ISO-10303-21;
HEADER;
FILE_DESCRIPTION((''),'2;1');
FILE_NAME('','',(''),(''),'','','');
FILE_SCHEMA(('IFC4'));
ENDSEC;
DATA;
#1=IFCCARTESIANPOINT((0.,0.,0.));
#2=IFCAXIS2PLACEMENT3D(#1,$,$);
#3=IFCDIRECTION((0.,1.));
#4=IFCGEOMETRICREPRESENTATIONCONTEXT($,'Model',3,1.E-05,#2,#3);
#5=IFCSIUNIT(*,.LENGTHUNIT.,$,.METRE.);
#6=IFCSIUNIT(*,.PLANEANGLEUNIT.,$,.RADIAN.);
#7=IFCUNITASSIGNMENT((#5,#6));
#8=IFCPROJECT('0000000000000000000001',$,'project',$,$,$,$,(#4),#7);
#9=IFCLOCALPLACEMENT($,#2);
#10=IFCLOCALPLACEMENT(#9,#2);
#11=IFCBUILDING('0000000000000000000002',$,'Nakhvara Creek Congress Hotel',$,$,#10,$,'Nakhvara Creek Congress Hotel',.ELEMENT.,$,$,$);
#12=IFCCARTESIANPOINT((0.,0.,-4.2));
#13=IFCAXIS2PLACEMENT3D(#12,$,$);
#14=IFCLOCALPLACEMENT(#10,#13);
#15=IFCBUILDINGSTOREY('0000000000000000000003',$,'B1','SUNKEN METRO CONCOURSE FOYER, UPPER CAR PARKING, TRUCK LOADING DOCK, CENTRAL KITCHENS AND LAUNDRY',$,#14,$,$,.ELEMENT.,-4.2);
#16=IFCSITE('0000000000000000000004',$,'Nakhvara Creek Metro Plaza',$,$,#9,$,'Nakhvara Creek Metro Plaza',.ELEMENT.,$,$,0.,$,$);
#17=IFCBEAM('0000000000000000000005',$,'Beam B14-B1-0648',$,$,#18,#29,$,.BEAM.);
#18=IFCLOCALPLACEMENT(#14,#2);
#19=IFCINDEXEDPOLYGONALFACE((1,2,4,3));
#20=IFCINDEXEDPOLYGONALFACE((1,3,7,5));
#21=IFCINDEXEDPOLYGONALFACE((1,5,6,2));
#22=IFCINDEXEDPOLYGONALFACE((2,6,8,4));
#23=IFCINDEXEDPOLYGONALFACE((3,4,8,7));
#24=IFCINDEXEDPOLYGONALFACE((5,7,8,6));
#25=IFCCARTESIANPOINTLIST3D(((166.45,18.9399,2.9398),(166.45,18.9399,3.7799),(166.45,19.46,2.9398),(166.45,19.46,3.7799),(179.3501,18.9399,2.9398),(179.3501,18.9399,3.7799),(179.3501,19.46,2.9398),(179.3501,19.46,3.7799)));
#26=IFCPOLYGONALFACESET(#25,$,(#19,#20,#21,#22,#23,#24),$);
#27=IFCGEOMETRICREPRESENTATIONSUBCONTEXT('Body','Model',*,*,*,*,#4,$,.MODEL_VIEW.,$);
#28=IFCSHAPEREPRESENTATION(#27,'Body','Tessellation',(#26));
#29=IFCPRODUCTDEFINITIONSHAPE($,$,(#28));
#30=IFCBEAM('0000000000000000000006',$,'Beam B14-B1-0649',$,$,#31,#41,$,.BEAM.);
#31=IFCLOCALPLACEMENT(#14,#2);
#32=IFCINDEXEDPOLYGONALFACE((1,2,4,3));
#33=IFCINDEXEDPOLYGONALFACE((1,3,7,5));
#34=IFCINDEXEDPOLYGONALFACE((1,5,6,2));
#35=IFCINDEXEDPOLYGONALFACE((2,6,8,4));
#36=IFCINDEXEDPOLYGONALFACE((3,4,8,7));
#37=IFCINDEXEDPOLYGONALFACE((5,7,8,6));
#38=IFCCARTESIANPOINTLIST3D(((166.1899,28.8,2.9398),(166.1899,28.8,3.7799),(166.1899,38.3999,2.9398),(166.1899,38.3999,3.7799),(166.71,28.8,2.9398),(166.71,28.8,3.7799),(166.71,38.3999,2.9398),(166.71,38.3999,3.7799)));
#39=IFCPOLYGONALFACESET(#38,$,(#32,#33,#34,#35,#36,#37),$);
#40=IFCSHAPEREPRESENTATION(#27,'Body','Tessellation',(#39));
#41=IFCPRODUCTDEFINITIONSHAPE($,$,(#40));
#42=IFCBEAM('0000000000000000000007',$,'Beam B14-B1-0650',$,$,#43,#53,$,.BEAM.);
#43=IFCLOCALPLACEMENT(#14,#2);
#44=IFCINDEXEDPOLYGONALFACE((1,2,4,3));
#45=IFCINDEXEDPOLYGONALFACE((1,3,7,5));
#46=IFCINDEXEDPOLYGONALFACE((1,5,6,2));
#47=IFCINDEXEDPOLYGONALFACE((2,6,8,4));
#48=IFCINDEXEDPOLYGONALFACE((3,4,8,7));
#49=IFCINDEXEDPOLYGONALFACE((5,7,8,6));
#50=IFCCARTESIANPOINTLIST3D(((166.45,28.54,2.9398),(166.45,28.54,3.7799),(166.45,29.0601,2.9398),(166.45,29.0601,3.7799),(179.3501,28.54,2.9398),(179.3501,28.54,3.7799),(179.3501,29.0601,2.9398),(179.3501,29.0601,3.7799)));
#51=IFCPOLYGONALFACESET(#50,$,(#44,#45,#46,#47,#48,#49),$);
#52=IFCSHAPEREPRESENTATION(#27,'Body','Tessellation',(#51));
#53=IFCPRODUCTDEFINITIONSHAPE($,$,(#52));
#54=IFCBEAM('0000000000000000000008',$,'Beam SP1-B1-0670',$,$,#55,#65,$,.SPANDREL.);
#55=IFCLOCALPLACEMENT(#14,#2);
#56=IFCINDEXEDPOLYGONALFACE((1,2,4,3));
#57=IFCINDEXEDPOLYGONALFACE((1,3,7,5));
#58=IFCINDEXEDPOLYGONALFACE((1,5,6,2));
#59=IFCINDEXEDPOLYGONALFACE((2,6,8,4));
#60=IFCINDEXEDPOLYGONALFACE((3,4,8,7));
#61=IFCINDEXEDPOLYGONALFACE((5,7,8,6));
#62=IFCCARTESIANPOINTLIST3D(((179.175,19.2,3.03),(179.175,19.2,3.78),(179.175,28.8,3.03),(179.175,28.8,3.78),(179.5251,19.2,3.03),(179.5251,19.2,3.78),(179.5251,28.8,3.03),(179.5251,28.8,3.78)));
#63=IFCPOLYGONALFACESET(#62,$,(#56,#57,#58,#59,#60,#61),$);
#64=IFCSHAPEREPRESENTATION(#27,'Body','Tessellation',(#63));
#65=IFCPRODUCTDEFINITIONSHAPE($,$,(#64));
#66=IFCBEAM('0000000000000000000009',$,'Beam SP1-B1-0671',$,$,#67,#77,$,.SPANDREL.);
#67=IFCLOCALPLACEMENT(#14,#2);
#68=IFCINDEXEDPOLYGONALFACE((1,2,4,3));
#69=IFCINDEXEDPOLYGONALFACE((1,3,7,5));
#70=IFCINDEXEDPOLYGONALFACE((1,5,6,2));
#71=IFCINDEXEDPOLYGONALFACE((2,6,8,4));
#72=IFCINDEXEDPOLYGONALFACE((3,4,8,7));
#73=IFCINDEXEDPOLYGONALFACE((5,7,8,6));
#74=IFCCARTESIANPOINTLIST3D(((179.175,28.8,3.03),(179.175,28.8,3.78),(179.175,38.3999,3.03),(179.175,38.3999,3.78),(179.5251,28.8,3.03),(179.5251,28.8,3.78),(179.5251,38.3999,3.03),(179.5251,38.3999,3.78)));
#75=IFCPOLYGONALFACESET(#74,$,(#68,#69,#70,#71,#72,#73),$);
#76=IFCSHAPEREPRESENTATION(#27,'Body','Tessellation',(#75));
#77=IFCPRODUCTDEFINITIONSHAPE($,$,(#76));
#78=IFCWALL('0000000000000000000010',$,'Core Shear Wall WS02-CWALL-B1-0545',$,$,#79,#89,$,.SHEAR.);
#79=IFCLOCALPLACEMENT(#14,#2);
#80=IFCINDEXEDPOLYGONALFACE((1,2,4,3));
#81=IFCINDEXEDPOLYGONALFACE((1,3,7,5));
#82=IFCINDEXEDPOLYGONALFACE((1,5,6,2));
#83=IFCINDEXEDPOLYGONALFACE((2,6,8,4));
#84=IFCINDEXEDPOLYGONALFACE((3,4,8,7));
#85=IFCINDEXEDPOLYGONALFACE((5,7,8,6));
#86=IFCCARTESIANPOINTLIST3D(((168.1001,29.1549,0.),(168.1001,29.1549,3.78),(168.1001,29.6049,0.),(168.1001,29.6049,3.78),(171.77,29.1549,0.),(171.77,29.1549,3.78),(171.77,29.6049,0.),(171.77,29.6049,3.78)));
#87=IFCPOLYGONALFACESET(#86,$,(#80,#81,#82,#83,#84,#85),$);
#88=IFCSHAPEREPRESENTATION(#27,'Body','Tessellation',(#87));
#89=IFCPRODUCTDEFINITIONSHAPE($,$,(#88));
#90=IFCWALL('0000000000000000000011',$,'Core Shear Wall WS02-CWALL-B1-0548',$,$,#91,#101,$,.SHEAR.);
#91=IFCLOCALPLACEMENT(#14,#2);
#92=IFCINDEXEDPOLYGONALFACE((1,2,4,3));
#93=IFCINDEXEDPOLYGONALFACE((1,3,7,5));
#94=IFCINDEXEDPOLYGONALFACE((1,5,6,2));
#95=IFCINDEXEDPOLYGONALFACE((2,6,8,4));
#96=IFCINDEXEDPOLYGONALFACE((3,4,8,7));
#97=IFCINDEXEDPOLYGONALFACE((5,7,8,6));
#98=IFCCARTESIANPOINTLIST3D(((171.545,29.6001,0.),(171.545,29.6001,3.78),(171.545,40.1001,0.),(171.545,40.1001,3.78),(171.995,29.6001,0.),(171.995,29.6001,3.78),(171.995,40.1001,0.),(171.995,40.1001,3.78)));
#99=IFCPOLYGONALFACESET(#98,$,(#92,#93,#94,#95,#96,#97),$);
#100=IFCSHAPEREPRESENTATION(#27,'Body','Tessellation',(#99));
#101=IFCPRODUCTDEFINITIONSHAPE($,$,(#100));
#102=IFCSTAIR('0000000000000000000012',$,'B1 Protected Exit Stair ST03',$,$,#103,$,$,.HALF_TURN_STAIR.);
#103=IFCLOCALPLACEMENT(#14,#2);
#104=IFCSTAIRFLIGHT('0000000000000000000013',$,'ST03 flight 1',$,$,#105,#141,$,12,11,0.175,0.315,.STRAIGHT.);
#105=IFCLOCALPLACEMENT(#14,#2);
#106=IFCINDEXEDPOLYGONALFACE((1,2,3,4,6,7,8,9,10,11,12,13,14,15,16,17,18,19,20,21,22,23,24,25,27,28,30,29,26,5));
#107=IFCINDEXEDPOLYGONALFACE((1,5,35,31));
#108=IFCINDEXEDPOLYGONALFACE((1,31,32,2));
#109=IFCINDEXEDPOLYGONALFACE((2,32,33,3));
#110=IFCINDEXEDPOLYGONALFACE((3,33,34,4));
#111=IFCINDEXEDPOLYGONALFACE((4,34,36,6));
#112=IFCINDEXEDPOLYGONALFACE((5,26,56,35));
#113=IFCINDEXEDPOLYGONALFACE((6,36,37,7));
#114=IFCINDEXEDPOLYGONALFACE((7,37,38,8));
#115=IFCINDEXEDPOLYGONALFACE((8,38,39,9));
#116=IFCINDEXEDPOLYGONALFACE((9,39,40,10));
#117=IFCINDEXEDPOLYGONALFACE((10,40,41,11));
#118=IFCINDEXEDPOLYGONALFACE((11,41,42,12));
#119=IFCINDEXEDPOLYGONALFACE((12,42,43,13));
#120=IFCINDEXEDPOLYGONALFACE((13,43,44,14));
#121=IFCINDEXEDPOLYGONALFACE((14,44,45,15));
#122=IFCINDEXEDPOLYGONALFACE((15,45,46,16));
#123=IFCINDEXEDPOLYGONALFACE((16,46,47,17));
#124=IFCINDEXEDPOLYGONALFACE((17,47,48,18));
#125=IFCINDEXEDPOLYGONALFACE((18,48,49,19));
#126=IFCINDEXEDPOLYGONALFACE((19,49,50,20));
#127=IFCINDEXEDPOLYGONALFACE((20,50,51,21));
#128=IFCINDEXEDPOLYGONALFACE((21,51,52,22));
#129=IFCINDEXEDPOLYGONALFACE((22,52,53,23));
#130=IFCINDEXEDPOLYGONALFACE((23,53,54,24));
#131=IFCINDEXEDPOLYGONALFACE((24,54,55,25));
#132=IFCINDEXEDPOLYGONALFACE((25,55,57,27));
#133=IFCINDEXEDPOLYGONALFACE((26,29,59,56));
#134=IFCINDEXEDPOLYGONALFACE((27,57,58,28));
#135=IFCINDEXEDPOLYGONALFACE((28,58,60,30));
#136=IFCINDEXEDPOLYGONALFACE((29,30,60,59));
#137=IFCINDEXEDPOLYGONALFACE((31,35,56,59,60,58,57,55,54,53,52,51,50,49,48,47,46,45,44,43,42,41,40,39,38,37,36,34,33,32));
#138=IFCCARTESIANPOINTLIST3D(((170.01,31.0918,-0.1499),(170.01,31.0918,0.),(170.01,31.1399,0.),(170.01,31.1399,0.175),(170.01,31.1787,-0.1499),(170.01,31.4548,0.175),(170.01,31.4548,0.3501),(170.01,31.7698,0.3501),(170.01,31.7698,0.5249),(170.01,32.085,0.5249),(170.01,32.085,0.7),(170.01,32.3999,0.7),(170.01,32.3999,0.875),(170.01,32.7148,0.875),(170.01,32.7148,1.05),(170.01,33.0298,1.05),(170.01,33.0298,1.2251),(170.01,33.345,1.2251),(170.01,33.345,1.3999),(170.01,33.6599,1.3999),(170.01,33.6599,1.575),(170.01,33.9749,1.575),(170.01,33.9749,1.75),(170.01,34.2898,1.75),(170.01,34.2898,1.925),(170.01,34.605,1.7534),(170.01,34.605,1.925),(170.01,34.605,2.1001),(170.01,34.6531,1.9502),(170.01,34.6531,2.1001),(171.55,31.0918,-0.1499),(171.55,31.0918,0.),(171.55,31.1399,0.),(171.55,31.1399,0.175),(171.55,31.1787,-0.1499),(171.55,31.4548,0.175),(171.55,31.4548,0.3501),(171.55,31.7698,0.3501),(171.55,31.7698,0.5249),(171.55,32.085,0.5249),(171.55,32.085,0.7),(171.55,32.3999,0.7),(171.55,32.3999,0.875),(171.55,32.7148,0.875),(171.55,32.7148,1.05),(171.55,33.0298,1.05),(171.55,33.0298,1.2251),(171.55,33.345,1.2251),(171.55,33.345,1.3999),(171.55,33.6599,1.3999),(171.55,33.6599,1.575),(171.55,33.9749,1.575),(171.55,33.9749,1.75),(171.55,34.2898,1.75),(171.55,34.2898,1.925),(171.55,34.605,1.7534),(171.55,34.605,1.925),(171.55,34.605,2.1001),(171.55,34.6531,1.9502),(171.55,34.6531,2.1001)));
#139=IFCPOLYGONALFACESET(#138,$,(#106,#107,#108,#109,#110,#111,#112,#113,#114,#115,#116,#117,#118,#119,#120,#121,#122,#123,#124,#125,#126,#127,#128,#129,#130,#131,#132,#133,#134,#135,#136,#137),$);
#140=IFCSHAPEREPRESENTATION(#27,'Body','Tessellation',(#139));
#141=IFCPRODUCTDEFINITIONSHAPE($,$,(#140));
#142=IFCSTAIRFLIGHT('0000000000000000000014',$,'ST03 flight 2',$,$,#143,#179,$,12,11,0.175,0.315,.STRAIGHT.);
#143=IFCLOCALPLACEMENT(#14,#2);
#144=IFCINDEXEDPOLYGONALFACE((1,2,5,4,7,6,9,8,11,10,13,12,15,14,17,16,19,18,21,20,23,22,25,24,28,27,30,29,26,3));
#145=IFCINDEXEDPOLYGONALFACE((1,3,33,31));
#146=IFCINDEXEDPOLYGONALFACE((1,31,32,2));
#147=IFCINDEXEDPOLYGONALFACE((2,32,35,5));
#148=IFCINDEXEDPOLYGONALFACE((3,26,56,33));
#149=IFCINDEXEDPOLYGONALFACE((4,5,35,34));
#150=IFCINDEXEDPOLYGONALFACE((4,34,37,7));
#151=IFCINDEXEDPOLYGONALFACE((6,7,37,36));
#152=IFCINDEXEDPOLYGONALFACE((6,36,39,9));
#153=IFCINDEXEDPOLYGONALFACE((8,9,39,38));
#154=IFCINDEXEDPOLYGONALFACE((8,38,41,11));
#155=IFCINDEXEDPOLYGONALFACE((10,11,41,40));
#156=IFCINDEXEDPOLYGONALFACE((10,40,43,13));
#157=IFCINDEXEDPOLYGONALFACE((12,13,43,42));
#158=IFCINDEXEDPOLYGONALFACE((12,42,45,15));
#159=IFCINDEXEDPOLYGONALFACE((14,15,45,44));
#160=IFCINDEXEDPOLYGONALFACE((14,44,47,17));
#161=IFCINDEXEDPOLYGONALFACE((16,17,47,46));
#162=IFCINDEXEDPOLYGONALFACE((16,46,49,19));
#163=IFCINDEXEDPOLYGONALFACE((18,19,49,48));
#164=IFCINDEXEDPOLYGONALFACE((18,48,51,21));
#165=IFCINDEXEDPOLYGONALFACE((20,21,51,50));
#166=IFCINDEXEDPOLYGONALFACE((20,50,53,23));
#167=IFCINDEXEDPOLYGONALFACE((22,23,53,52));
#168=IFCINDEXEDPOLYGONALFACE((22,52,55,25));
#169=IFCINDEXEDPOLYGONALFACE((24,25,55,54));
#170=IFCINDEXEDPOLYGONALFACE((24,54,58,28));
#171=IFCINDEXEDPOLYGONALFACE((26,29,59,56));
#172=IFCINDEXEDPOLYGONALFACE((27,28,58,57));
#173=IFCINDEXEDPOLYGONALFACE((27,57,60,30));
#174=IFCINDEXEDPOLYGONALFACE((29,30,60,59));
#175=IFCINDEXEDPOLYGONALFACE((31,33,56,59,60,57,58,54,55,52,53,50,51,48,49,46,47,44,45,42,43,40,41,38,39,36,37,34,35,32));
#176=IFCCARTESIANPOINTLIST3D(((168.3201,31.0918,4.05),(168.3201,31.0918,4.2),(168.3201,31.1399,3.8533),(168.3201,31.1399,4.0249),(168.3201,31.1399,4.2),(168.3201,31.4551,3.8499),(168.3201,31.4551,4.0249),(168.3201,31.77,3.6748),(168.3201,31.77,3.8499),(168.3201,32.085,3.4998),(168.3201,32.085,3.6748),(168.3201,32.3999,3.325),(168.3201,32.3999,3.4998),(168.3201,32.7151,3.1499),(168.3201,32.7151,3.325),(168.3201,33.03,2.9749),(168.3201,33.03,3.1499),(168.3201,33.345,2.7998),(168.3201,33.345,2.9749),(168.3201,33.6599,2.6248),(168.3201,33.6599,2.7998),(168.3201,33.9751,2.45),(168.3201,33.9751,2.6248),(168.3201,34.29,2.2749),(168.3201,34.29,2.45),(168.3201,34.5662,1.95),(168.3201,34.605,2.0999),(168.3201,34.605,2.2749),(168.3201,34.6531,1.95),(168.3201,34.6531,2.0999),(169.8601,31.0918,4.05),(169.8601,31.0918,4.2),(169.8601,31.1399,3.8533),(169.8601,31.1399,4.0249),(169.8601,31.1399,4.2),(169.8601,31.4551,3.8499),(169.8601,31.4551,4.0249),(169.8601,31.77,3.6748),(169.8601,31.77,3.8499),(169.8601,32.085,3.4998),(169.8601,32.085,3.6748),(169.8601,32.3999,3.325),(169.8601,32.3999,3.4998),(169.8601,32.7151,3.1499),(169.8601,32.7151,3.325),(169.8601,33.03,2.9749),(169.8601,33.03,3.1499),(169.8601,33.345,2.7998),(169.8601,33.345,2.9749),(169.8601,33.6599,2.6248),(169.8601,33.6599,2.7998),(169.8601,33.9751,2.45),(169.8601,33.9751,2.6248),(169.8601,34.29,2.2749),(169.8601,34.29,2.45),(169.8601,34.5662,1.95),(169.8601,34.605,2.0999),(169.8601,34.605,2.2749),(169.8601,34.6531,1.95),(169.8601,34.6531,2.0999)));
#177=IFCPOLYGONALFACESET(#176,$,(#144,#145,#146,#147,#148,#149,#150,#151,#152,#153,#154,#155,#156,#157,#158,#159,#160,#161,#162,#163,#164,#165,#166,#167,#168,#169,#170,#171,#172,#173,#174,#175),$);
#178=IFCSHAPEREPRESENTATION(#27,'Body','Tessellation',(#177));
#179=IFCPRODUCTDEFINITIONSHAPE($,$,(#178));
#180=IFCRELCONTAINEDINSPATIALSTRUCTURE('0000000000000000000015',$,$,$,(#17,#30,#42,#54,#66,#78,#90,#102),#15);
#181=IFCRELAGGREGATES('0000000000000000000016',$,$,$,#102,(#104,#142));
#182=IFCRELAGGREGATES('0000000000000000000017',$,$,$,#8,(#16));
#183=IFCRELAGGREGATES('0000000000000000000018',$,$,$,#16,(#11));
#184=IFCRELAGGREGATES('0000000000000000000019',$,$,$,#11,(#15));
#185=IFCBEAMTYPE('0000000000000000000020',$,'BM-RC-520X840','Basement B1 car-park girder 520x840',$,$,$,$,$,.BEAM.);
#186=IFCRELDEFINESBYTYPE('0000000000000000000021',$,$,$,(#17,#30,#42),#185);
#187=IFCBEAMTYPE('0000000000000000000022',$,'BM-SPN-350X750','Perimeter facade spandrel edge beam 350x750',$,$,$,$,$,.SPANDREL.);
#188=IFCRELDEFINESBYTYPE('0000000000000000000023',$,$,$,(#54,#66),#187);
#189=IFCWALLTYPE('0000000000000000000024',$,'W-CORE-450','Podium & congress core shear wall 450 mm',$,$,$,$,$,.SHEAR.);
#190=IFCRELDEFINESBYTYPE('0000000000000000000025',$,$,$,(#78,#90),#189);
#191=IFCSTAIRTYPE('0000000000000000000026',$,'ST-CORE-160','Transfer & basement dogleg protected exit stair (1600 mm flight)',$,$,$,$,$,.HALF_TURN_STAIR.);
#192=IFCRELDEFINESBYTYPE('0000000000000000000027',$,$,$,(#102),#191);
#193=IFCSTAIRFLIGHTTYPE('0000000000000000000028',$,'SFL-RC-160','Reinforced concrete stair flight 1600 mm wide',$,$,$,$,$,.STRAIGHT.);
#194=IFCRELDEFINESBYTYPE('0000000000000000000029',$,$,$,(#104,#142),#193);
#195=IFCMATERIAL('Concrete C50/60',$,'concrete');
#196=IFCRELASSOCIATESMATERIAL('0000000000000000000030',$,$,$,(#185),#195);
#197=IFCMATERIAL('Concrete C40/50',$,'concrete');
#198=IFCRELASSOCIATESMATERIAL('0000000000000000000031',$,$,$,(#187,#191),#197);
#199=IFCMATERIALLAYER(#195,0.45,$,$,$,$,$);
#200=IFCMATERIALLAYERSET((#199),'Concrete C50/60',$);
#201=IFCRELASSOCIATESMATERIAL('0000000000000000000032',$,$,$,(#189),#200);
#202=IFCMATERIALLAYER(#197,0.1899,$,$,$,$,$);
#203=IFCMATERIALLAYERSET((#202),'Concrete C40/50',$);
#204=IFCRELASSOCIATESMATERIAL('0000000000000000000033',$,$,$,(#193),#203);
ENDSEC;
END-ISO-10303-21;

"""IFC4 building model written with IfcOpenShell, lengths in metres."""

from ifc_helpers import new_model, si_unit, direction, frame, frame_2d, origin, origin_2d, place, context, subcontext, project, spatial, polyline, rectangle, outline, extrude, material, layer, layer_set, material_profile, profile_set, type_object, element, aggregate, save


model = new_model("IFC4")

# Units and contexts
model_context = context("Model", 3, precision=1e-05, world=origin(), true_north=direction((0.0, 1.0)))
body_context = subcontext(model_context, "Body", "Model", "MODEL_VIEW")
ifc_project = project(units=[si_unit("LENGTHUNIT", "METRE"), si_unit("PLANEANGLEUNIT", "RADIAN")], contexts=[model_context])

# Site, building, storey
site_placement = place(None, origin())
site = spatial("IfcSite", under=ifc_project, at=site_placement, Name="Nakhvara Creek Metro Plaza", LongName="Nakhvara Creek Metro Plaza", CompositionType="ELEMENT", RefElevation=0.0)
building_placement = place(site_placement, origin())
building = spatial("IfcBuilding", under=site, at=building_placement, Name="Nakhvara Creek Congress Hotel", LongName="Nakhvara Creek Congress Hotel", CompositionType="ELEMENT")
storey_placement = place(building_placement, frame((0.0, 0.0, -4.2)))
storey = spatial("IfcBuildingStorey", under=building, at=storey_placement, Name="B1", Description="SUNKEN METRO CONCOURSE FOYER, UPPER CAR PARKING, TRUCK LOADING DOCK, CENTRAL KITCHENS AND LAUNDRY", CompositionType="ELEMENT", Elevation=-4.2)

# Shared definitions
ifc_material_1 = material(Name="Concrete C50/60", Category="concrete")

# Beams
ifc_material_profile_1 = material_profile(ifc_material_1, rectangle(XDim=0.52, YDim=0.8401, at=origin_2d()), Name="RC-BM 520x840", Category="LoadBearing")
ifc_profile_set_1 = profile_set([ifc_material_profile_1], Name="Concrete C50/60")
beam_type_1 = type_object("IfcBeamType", Name="BM-RC-520X840", Description="Basement B1 car-park girder 520x840", PredefinedType="BEAM", material=ifc_profile_set_1)
beam_1_placement = place(storey_placement, frame((166.45, 19.2, 3.3599), z_axis=(1.0, 0.0, 0.0), x_axis=(0.0, 1.0, 0.0)))
element("IfcBeam", 1, at=beam_1_placement, inside=storey, type_object=beam_type_1, Name="Beam B14-B1-0648", PredefinedType="BEAM", context=body_context, shape_type="SweptSolid", body=[
    extrude(rectangle(XDim=0.52, YDim=0.8401, at=origin_2d()), origin(), (0.0, 0.0, 1.0), 12.9001),
])
beam_2_placement = place(storey_placement, frame((166.45, 28.8, 3.3599), z_axis=(0.0, 1.0, 0.0), x_axis=(-1.0, 0.0, 0.0)))
element("IfcBeam", 2, at=beam_2_placement, inside=storey, type_object=beam_type_1, Name="Beam B14-B1-0649", PredefinedType="BEAM", context=body_context, shape_type="SweptSolid", body=[
    extrude(rectangle(XDim=0.52, YDim=0.8401, at=origin_2d()), origin(), (0.0, 0.0, 1.0), 9.5999),
])
beam_3_placement = place(storey_placement, frame((166.45, 28.8, 3.3599), z_axis=(1.0, 0.0, 0.0), x_axis=(0.0, 1.0, 0.0)))
element("IfcBeam", 3, at=beam_3_placement, inside=storey, type_object=beam_type_1, Name="Beam B14-B1-0650", PredefinedType="BEAM", context=body_context, shape_type="SweptSolid", body=[
    extrude(rectangle(XDim=0.52, YDim=0.8401, at=origin_2d()), origin(), (0.0, 0.0, 1.0), 12.9001),
])
ifc_material_2 = material(Name="Concrete C40/50", Category="concrete")
ifc_material_profile_2 = material_profile(ifc_material_2, rectangle(XDim=0.3501, YDim=0.75, at=origin_2d()), Name="RC-SPANDREL 350x750", Category="LoadBearing")
ifc_profile_set_2 = profile_set([ifc_material_profile_2], Name="Concrete C40/50")
beam_type_2 = type_object("IfcBeamType", Name="BM-SPN-350X750", Description="Perimeter facade spandrel edge beam 350x750", PredefinedType="SPANDREL", material=ifc_profile_set_2)
beam_4_placement = place(storey_placement, frame((179.3501, 19.2, 3.405), z_axis=(0.0, 1.0, 0.0), x_axis=(-1.0, 0.0, 0.0)))
element("IfcBeam", 4, at=beam_4_placement, inside=storey, type_object=beam_type_2, Name="Beam SP1-B1-0670", PredefinedType="SPANDREL", context=body_context, shape_type="SweptSolid", body=[
    extrude(rectangle(XDim=0.3501, YDim=0.75, at=origin_2d()), origin(), (0.0, 0.0, 1.0), 9.6001),
])
beam_5_placement = place(storey_placement, frame((179.3501, 28.8, 3.405), z_axis=(0.0, 1.0, 0.0), x_axis=(-1.0, 0.0, 0.0)))
element("IfcBeam", 5, at=beam_5_placement, inside=storey, type_object=beam_type_2, Name="Beam SP1-B1-0671", PredefinedType="SPANDREL", context=body_context, shape_type="SweptSolid", body=[
    extrude(rectangle(XDim=0.3501, YDim=0.75, at=origin_2d()), origin(), (0.0, 0.0, 1.0), 9.5999),
])

# Wall
ifc_layer_1 = layer(ifc_material_1, 0.45)
ifc_layer_set_1 = layer_set([ifc_layer_1], Name="Concrete C50/60")
wall_type = type_object("IfcWallType", Name="W-CORE-450", Description="Podium & congress core shear wall 450 mm", PredefinedType="SHEAR", material=ifc_layer_set_1)
wall_1_placement = place(storey_placement, frame((168.1001, 29.3799, 0.0), z_axis=(0.0, 0.0, 1.0), x_axis=(1.0, 0.0, 0.0)))
element("IfcWall", 6, at=wall_1_placement, inside=storey, type_object=wall_type, Name="Core Shear Wall WS02-CWALL-B1-0545", PredefinedType="SHEAR", context=body_context, shape_type="SweptSolid", body=[
    extrude(rectangle(XDim=3.6699, YDim=0.45, at=frame_2d((1.835, 0.0))), origin(), (0.0, 0.0, 1.0), 3.78),
])

# Wall
wall_2_placement = place(storey_placement, frame((171.77, 29.6001, 0.0), z_axis=(0.0, 0.0, 1.0), x_axis=(0.0, 1.0, 0.0)))
element("IfcWall", 7, at=wall_2_placement, inside=storey, type_object=wall_type, Name="Core Shear Wall WS02-CWALL-B1-0548", PredefinedType="SHEAR", context=body_context, shape_type="SweptSolid", body=[
    extrude(rectangle(XDim=10.5, YDim=0.45, at=frame_2d((5.25, 0.0))), origin(), (0.0, 0.0, 1.0), 3.78),
])

# Stair, stair flights
stair_type = type_object("IfcStairType", Name="ST-CORE-160", Description="Transfer & basement dogleg protected exit stair (1600 mm flight)", PredefinedType="HALF_TURN_STAIR", material=ifc_material_2)
stair_placement = place(storey_placement, origin())
stair = element("IfcStair", 8, at=stair_placement, inside=storey, type_object=stair_type, Name="B1 Protected Exit Stair ST03", PredefinedType="HALF_TURN_STAIR")
ifc_layer_2 = layer(ifc_material_2, 0.1899)
ifc_layer_set_2 = layer_set([ifc_layer_2], Name="Concrete C40/50")
stair_flight_type = type_object("IfcStairFlightType", Name="SFL-RC-160", Description="Reinforced concrete stair flight 1600 mm wide", PredefinedType="STRAIGHT", material=ifc_layer_set_2)
stair_flight_1_placement = place(storey_placement, frame((170.78, 31.1399, 0.0), z_axis=(0.0, 0.0, 1.0), x_axis=(0.0, 1.0, 0.0)))
stair_flight_1 = element("IfcStairFlight", 9, at=stair_flight_1_placement, type_object=stair_flight_type, Name="ST03 flight 1", NumberOfRisers=12, NumberOfTreads=11, PredefinedType="STRAIGHT", RiserHeight=0.175, TreadLength=0.315, context=body_context, shape_type="SweptSolid", body=[
    extrude(outline(polyline([(-0.0481, 0.0), (0.0, 0.0), (0.0, 0.175), (0.3149, 0.175), (0.3149, 0.3501), (0.6299, 0.3501), (0.6299, 0.5249), (0.9451, 0.5249), (0.9451, 0.7), (1.26, 0.7), (1.26, 0.875), (1.575, 0.875), (1.575, 1.05), (1.8899, 1.05), (1.8899, 1.2251), (2.2051, 1.2251), (2.2051, 1.3999), (2.52, 1.3999), (2.52, 1.575), (2.835, 1.575), (2.835, 1.75), (3.1499, 1.75), (3.1499, 1.925), (3.4651, 1.925), (3.4651, 2.1001), (3.5132, 2.1001), (3.5132, 1.9502), (3.4651, 1.7534), (0.0388, -0.1499), (-0.0481, -0.1499), (-0.0481, 0.0)])), frame((0.0, 0.77, 0.0), z_axis=(0.0, -1.0, 0.0), x_axis=(1.0, 0.0, 0.0)), (0.0, 0.0, 1.0), 1.54),
])
stair_flight_2_placement = place(storey_placement, frame((169.0901, 34.605, 2.0999), z_axis=(0.0, 0.0, 1.0), x_axis=(0.0, -1.0, 0.0)))
stair_flight_2 = element("IfcStairFlight", 10, at=stair_flight_2_placement, type_object=stair_flight_type, Name="ST03 flight 2", NumberOfRisers=12, NumberOfTreads=11, PredefinedType="STRAIGHT", RiserHeight=0.175, TreadLength=0.315, context=body_context, shape_type="SweptSolid", body=[
    extrude(outline(polyline([(-0.0481, 0.0), (0.0, 0.0), (0.0, 0.175), (0.3149, 0.175), (0.3149, 0.3501), (0.6299, 0.3501), (0.6299, 0.5249), (0.9451, 0.5249), (0.9451, 0.7), (1.26, 0.7), (1.26, 0.875), (1.575, 0.875), (1.575, 1.05), (1.8899, 1.05), (1.8899, 1.2251), (2.2051, 1.2251), (2.2051, 1.3999), (2.52, 1.3999), (2.52, 1.575), (2.835, 1.575), (2.835, 1.75), (3.1499, 1.75), (3.1499, 1.925), (3.4651, 1.925), (3.4651, 2.1001), (3.5132, 2.1001), (3.5132, 1.9502), (3.4651, 1.7534), (0.0388, -0.1499), (-0.0481, -0.1499), (-0.0481, 0.0)])), frame((0.0, 0.77, 0.0), z_axis=(0.0, -1.0, 0.0), x_axis=(1.0, 0.0, 0.0)), (0.0, 0.0, 1.0), 1.54),
])
aggregate(stair, [stair_flight_1, stair_flight_2])

save(model, "model.ifc")
